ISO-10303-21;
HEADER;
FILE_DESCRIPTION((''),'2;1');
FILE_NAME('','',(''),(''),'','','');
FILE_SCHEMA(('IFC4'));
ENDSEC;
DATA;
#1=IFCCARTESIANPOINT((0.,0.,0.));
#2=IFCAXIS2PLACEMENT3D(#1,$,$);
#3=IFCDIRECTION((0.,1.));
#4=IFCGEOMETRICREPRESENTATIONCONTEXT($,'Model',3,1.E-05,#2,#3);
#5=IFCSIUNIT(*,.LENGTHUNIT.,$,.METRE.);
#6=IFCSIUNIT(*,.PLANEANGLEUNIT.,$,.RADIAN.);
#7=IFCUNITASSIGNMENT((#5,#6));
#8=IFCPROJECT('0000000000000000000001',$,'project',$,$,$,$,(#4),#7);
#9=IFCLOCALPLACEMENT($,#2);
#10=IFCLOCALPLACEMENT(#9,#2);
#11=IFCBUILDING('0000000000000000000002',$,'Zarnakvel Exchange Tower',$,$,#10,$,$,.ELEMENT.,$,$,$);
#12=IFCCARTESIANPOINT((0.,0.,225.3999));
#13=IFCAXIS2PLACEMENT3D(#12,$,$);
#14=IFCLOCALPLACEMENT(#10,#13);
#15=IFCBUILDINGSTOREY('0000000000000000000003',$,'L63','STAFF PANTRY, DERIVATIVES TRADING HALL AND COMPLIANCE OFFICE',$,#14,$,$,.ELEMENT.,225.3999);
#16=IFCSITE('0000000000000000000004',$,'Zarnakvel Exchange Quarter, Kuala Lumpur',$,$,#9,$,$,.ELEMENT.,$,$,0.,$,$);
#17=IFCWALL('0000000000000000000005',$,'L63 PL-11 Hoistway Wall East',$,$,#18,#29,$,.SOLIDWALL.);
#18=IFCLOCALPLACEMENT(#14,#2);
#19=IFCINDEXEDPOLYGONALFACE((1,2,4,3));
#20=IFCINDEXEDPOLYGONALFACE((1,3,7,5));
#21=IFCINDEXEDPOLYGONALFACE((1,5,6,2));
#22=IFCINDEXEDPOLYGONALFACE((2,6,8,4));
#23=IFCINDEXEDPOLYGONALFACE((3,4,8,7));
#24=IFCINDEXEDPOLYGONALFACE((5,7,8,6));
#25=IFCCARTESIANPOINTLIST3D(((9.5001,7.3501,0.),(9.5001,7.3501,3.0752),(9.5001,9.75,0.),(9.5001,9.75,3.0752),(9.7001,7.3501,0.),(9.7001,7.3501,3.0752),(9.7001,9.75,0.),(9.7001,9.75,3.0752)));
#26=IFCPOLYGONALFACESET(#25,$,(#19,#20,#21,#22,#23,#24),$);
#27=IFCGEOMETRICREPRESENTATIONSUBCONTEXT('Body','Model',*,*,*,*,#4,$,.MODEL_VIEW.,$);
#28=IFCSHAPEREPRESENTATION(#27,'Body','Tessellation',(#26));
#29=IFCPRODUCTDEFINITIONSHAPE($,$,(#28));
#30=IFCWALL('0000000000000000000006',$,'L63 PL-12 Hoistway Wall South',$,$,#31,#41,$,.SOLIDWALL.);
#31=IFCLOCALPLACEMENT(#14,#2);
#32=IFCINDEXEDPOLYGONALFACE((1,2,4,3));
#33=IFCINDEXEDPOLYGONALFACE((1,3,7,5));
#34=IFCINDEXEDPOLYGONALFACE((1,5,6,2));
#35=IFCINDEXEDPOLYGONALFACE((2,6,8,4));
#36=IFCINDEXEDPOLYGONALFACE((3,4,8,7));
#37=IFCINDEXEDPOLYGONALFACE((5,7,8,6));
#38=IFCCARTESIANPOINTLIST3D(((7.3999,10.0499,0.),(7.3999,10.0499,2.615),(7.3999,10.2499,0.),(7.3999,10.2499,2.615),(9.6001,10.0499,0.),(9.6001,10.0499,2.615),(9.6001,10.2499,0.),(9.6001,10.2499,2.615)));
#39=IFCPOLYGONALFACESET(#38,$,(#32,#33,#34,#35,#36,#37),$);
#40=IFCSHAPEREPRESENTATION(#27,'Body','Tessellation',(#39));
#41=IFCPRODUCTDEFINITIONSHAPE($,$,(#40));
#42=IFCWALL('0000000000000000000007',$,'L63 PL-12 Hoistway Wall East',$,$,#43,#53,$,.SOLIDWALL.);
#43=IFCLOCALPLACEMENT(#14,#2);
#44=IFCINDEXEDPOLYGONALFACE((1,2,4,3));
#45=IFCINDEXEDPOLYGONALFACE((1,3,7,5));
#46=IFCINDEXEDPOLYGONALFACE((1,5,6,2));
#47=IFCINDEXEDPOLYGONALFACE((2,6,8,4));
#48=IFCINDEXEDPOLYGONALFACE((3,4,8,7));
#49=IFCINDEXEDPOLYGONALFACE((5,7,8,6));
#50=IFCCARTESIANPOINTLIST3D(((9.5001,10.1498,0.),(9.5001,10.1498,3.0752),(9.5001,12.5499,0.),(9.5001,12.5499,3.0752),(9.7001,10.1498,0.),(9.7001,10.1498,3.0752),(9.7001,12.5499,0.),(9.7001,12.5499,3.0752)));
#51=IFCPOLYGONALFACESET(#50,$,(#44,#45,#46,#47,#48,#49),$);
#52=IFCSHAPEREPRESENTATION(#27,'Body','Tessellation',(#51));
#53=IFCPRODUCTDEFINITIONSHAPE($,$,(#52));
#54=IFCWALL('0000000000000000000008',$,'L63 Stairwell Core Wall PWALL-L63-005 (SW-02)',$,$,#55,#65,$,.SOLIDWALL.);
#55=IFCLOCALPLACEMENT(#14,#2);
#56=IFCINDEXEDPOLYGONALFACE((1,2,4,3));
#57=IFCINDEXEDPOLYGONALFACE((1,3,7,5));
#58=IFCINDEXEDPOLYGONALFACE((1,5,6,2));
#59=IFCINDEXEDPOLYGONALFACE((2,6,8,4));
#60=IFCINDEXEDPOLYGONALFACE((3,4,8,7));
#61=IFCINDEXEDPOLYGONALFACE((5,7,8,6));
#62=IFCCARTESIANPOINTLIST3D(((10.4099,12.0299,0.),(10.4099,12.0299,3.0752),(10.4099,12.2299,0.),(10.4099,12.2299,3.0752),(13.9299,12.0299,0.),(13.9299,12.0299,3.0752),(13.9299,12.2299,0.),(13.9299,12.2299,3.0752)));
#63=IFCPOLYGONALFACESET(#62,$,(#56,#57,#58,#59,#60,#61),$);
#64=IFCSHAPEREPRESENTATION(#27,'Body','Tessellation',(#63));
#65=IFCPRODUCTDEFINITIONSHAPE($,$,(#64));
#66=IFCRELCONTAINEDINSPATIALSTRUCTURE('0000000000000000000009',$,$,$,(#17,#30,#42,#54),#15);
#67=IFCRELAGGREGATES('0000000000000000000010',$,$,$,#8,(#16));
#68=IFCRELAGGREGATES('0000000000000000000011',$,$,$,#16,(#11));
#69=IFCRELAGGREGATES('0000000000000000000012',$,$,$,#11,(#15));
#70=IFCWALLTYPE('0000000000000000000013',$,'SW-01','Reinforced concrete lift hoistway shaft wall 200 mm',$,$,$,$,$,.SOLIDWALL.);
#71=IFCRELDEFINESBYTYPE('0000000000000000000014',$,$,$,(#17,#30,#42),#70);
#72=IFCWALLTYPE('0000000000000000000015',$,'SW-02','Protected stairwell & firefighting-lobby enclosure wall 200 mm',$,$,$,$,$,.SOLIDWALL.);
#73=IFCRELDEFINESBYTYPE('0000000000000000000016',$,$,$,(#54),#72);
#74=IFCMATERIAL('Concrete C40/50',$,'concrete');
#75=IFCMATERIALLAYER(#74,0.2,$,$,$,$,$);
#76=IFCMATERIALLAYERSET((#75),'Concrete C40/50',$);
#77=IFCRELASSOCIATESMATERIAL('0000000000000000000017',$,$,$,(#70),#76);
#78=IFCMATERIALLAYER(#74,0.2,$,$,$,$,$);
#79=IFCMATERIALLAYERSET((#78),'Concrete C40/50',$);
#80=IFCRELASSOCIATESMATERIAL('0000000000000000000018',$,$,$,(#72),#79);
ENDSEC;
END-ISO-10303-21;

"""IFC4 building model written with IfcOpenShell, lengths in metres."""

from ifc_helpers import new_model, si_unit, direction, frame, frame_2d, origin, place, context, subcontext, project, spatial, rectangle, extrude, material, layer, layer_set, type_object, element, save


model = new_model("IFC4")

# Units and contexts
model_context = context("Model", 3, precision=1e-05, world=origin(), true_north=direction((0.0, 1.0)))
body_context = subcontext(model_context, "Body", "Model", "MODEL_VIEW")
ifc_project = project(units=[si_unit("LENGTHUNIT", "METRE"), si_unit("PLANEANGLEUNIT", "RADIAN")], contexts=[model_context])

# Site, building, storey
site_placement = place(None, origin())
site = spatial("IfcSite", under=ifc_project, at=site_placement, Name="Zarnakvel Exchange Quarter, Kuala Lumpur", CompositionType="ELEMENT", RefElevation=0.0)
building_placement = place(site_placement, origin())
building = spatial("IfcBuilding", under=site, at=building_placement, Name="Zarnakvel Exchange Tower", CompositionType="ELEMENT")
storey_placement = place(building_placement, frame((0.0, 0.0, 225.3999)))
storey = spatial("IfcBuildingStorey", under=building, at=storey_placement, Name="L63", Description="STAFF PANTRY, DERIVATIVES TRADING HALL AND COMPLIANCE OFFICE", CompositionType="ELEMENT", Elevation=225.3999)

# Walls
ifc_material_1 = material(Name="Concrete C40/50", Category="concrete")
ifc_layer_1 = layer(ifc_material_1, 0.2)
ifc_layer_set_1 = layer_set([ifc_layer_1], Name="Concrete C40/50")
wall_type_1 = type_object("IfcWallType", Name="SW-01", Description="Reinforced concrete lift hoistway shaft wall 200 mm", PredefinedType="SOLIDWALL", material=ifc_layer_set_1)
wall_1_placement = place(storey_placement, frame((9.6001, 9.75, 0.0), z_axis=(0.0, 0.0, 1.0), x_axis=(0.0, -1.0, 0.0)))
element("IfcWall", 1, at=wall_1_placement, inside=storey, type_object=wall_type_1, Name="L63 PL-11 Hoistway Wall East", PredefinedType="SOLIDWALL", context=body_context, shape_type="SweptSolid", body=[
    extrude(rectangle(XDim=2.3999, YDim=0.2, at=frame_2d((1.2, 0.0))), origin(), (0.0, 0.0, 1.0), 3.0752),
])
wall_2_placement = place(storey_placement, frame((9.6001, 10.1499, 0.0), z_axis=(0.0, 0.0, 1.0), x_axis=(-1.0, 0.0, 0.0)))
element("IfcWall", 2, at=wall_2_placement, inside=storey, type_object=wall_type_1, Name="L63 PL-12 Hoistway Wall South", PredefinedType="SOLIDWALL", context=body_context, shape_type="SweptSolid", body=[
    extrude(rectangle(XDim=2.2002, YDim=0.2, at=frame_2d((1.1001, 0.0))), origin(), (0.0, 0.0, 1.0), 2.615),
])
wall_3_placement = place(storey_placement, frame((9.6001, 12.55, 0.0), z_axis=(0.0, 0.0, 1.0), x_axis=(0.0, -1.0, 0.0)))
element("IfcWall", 3, at=wall_3_placement, inside=storey, type_object=wall_type_1, Name="L63 PL-12 Hoistway Wall East", PredefinedType="SOLIDWALL", context=body_context, shape_type="SweptSolid", body=[
    extrude(rectangle(XDim=2.4001, YDim=0.2, at=frame_2d((1.2002, 0.0))), origin(), (0.0, 0.0, 1.0), 3.0752),
])
ifc_layer_2 = layer(ifc_material_1, 0.2)
ifc_layer_set_2 = layer_set([ifc_layer_2], Name="Concrete C40/50")
wall_type_2 = type_object("IfcWallType", Name="SW-02", Description="Protected stairwell & firefighting-lobby enclosure wall 200 mm", PredefinedType="SOLIDWALL", material=ifc_layer_set_2)
wall_4_placement = place(storey_placement, frame((10.4099, 12.1299, 0.0), z_axis=(0.0, 0.0, 1.0), x_axis=(1.0, 0.0, 0.0)))
element("IfcWall", 4, at=wall_4_placement, inside=storey, type_object=wall_type_2, Name="L63 Stairwell Core Wall PWALL-L63-005 (SW-02)", PredefinedType="SOLIDWALL", context=body_context, shape_type="SweptSolid", body=[
    extrude(rectangle(XDim=3.52, YDim=0.2, at=frame_2d((1.76, 0.0))), origin(), (0.0, 0.0, 1.0), 3.0752),
])

save(model, "model.ifc")
